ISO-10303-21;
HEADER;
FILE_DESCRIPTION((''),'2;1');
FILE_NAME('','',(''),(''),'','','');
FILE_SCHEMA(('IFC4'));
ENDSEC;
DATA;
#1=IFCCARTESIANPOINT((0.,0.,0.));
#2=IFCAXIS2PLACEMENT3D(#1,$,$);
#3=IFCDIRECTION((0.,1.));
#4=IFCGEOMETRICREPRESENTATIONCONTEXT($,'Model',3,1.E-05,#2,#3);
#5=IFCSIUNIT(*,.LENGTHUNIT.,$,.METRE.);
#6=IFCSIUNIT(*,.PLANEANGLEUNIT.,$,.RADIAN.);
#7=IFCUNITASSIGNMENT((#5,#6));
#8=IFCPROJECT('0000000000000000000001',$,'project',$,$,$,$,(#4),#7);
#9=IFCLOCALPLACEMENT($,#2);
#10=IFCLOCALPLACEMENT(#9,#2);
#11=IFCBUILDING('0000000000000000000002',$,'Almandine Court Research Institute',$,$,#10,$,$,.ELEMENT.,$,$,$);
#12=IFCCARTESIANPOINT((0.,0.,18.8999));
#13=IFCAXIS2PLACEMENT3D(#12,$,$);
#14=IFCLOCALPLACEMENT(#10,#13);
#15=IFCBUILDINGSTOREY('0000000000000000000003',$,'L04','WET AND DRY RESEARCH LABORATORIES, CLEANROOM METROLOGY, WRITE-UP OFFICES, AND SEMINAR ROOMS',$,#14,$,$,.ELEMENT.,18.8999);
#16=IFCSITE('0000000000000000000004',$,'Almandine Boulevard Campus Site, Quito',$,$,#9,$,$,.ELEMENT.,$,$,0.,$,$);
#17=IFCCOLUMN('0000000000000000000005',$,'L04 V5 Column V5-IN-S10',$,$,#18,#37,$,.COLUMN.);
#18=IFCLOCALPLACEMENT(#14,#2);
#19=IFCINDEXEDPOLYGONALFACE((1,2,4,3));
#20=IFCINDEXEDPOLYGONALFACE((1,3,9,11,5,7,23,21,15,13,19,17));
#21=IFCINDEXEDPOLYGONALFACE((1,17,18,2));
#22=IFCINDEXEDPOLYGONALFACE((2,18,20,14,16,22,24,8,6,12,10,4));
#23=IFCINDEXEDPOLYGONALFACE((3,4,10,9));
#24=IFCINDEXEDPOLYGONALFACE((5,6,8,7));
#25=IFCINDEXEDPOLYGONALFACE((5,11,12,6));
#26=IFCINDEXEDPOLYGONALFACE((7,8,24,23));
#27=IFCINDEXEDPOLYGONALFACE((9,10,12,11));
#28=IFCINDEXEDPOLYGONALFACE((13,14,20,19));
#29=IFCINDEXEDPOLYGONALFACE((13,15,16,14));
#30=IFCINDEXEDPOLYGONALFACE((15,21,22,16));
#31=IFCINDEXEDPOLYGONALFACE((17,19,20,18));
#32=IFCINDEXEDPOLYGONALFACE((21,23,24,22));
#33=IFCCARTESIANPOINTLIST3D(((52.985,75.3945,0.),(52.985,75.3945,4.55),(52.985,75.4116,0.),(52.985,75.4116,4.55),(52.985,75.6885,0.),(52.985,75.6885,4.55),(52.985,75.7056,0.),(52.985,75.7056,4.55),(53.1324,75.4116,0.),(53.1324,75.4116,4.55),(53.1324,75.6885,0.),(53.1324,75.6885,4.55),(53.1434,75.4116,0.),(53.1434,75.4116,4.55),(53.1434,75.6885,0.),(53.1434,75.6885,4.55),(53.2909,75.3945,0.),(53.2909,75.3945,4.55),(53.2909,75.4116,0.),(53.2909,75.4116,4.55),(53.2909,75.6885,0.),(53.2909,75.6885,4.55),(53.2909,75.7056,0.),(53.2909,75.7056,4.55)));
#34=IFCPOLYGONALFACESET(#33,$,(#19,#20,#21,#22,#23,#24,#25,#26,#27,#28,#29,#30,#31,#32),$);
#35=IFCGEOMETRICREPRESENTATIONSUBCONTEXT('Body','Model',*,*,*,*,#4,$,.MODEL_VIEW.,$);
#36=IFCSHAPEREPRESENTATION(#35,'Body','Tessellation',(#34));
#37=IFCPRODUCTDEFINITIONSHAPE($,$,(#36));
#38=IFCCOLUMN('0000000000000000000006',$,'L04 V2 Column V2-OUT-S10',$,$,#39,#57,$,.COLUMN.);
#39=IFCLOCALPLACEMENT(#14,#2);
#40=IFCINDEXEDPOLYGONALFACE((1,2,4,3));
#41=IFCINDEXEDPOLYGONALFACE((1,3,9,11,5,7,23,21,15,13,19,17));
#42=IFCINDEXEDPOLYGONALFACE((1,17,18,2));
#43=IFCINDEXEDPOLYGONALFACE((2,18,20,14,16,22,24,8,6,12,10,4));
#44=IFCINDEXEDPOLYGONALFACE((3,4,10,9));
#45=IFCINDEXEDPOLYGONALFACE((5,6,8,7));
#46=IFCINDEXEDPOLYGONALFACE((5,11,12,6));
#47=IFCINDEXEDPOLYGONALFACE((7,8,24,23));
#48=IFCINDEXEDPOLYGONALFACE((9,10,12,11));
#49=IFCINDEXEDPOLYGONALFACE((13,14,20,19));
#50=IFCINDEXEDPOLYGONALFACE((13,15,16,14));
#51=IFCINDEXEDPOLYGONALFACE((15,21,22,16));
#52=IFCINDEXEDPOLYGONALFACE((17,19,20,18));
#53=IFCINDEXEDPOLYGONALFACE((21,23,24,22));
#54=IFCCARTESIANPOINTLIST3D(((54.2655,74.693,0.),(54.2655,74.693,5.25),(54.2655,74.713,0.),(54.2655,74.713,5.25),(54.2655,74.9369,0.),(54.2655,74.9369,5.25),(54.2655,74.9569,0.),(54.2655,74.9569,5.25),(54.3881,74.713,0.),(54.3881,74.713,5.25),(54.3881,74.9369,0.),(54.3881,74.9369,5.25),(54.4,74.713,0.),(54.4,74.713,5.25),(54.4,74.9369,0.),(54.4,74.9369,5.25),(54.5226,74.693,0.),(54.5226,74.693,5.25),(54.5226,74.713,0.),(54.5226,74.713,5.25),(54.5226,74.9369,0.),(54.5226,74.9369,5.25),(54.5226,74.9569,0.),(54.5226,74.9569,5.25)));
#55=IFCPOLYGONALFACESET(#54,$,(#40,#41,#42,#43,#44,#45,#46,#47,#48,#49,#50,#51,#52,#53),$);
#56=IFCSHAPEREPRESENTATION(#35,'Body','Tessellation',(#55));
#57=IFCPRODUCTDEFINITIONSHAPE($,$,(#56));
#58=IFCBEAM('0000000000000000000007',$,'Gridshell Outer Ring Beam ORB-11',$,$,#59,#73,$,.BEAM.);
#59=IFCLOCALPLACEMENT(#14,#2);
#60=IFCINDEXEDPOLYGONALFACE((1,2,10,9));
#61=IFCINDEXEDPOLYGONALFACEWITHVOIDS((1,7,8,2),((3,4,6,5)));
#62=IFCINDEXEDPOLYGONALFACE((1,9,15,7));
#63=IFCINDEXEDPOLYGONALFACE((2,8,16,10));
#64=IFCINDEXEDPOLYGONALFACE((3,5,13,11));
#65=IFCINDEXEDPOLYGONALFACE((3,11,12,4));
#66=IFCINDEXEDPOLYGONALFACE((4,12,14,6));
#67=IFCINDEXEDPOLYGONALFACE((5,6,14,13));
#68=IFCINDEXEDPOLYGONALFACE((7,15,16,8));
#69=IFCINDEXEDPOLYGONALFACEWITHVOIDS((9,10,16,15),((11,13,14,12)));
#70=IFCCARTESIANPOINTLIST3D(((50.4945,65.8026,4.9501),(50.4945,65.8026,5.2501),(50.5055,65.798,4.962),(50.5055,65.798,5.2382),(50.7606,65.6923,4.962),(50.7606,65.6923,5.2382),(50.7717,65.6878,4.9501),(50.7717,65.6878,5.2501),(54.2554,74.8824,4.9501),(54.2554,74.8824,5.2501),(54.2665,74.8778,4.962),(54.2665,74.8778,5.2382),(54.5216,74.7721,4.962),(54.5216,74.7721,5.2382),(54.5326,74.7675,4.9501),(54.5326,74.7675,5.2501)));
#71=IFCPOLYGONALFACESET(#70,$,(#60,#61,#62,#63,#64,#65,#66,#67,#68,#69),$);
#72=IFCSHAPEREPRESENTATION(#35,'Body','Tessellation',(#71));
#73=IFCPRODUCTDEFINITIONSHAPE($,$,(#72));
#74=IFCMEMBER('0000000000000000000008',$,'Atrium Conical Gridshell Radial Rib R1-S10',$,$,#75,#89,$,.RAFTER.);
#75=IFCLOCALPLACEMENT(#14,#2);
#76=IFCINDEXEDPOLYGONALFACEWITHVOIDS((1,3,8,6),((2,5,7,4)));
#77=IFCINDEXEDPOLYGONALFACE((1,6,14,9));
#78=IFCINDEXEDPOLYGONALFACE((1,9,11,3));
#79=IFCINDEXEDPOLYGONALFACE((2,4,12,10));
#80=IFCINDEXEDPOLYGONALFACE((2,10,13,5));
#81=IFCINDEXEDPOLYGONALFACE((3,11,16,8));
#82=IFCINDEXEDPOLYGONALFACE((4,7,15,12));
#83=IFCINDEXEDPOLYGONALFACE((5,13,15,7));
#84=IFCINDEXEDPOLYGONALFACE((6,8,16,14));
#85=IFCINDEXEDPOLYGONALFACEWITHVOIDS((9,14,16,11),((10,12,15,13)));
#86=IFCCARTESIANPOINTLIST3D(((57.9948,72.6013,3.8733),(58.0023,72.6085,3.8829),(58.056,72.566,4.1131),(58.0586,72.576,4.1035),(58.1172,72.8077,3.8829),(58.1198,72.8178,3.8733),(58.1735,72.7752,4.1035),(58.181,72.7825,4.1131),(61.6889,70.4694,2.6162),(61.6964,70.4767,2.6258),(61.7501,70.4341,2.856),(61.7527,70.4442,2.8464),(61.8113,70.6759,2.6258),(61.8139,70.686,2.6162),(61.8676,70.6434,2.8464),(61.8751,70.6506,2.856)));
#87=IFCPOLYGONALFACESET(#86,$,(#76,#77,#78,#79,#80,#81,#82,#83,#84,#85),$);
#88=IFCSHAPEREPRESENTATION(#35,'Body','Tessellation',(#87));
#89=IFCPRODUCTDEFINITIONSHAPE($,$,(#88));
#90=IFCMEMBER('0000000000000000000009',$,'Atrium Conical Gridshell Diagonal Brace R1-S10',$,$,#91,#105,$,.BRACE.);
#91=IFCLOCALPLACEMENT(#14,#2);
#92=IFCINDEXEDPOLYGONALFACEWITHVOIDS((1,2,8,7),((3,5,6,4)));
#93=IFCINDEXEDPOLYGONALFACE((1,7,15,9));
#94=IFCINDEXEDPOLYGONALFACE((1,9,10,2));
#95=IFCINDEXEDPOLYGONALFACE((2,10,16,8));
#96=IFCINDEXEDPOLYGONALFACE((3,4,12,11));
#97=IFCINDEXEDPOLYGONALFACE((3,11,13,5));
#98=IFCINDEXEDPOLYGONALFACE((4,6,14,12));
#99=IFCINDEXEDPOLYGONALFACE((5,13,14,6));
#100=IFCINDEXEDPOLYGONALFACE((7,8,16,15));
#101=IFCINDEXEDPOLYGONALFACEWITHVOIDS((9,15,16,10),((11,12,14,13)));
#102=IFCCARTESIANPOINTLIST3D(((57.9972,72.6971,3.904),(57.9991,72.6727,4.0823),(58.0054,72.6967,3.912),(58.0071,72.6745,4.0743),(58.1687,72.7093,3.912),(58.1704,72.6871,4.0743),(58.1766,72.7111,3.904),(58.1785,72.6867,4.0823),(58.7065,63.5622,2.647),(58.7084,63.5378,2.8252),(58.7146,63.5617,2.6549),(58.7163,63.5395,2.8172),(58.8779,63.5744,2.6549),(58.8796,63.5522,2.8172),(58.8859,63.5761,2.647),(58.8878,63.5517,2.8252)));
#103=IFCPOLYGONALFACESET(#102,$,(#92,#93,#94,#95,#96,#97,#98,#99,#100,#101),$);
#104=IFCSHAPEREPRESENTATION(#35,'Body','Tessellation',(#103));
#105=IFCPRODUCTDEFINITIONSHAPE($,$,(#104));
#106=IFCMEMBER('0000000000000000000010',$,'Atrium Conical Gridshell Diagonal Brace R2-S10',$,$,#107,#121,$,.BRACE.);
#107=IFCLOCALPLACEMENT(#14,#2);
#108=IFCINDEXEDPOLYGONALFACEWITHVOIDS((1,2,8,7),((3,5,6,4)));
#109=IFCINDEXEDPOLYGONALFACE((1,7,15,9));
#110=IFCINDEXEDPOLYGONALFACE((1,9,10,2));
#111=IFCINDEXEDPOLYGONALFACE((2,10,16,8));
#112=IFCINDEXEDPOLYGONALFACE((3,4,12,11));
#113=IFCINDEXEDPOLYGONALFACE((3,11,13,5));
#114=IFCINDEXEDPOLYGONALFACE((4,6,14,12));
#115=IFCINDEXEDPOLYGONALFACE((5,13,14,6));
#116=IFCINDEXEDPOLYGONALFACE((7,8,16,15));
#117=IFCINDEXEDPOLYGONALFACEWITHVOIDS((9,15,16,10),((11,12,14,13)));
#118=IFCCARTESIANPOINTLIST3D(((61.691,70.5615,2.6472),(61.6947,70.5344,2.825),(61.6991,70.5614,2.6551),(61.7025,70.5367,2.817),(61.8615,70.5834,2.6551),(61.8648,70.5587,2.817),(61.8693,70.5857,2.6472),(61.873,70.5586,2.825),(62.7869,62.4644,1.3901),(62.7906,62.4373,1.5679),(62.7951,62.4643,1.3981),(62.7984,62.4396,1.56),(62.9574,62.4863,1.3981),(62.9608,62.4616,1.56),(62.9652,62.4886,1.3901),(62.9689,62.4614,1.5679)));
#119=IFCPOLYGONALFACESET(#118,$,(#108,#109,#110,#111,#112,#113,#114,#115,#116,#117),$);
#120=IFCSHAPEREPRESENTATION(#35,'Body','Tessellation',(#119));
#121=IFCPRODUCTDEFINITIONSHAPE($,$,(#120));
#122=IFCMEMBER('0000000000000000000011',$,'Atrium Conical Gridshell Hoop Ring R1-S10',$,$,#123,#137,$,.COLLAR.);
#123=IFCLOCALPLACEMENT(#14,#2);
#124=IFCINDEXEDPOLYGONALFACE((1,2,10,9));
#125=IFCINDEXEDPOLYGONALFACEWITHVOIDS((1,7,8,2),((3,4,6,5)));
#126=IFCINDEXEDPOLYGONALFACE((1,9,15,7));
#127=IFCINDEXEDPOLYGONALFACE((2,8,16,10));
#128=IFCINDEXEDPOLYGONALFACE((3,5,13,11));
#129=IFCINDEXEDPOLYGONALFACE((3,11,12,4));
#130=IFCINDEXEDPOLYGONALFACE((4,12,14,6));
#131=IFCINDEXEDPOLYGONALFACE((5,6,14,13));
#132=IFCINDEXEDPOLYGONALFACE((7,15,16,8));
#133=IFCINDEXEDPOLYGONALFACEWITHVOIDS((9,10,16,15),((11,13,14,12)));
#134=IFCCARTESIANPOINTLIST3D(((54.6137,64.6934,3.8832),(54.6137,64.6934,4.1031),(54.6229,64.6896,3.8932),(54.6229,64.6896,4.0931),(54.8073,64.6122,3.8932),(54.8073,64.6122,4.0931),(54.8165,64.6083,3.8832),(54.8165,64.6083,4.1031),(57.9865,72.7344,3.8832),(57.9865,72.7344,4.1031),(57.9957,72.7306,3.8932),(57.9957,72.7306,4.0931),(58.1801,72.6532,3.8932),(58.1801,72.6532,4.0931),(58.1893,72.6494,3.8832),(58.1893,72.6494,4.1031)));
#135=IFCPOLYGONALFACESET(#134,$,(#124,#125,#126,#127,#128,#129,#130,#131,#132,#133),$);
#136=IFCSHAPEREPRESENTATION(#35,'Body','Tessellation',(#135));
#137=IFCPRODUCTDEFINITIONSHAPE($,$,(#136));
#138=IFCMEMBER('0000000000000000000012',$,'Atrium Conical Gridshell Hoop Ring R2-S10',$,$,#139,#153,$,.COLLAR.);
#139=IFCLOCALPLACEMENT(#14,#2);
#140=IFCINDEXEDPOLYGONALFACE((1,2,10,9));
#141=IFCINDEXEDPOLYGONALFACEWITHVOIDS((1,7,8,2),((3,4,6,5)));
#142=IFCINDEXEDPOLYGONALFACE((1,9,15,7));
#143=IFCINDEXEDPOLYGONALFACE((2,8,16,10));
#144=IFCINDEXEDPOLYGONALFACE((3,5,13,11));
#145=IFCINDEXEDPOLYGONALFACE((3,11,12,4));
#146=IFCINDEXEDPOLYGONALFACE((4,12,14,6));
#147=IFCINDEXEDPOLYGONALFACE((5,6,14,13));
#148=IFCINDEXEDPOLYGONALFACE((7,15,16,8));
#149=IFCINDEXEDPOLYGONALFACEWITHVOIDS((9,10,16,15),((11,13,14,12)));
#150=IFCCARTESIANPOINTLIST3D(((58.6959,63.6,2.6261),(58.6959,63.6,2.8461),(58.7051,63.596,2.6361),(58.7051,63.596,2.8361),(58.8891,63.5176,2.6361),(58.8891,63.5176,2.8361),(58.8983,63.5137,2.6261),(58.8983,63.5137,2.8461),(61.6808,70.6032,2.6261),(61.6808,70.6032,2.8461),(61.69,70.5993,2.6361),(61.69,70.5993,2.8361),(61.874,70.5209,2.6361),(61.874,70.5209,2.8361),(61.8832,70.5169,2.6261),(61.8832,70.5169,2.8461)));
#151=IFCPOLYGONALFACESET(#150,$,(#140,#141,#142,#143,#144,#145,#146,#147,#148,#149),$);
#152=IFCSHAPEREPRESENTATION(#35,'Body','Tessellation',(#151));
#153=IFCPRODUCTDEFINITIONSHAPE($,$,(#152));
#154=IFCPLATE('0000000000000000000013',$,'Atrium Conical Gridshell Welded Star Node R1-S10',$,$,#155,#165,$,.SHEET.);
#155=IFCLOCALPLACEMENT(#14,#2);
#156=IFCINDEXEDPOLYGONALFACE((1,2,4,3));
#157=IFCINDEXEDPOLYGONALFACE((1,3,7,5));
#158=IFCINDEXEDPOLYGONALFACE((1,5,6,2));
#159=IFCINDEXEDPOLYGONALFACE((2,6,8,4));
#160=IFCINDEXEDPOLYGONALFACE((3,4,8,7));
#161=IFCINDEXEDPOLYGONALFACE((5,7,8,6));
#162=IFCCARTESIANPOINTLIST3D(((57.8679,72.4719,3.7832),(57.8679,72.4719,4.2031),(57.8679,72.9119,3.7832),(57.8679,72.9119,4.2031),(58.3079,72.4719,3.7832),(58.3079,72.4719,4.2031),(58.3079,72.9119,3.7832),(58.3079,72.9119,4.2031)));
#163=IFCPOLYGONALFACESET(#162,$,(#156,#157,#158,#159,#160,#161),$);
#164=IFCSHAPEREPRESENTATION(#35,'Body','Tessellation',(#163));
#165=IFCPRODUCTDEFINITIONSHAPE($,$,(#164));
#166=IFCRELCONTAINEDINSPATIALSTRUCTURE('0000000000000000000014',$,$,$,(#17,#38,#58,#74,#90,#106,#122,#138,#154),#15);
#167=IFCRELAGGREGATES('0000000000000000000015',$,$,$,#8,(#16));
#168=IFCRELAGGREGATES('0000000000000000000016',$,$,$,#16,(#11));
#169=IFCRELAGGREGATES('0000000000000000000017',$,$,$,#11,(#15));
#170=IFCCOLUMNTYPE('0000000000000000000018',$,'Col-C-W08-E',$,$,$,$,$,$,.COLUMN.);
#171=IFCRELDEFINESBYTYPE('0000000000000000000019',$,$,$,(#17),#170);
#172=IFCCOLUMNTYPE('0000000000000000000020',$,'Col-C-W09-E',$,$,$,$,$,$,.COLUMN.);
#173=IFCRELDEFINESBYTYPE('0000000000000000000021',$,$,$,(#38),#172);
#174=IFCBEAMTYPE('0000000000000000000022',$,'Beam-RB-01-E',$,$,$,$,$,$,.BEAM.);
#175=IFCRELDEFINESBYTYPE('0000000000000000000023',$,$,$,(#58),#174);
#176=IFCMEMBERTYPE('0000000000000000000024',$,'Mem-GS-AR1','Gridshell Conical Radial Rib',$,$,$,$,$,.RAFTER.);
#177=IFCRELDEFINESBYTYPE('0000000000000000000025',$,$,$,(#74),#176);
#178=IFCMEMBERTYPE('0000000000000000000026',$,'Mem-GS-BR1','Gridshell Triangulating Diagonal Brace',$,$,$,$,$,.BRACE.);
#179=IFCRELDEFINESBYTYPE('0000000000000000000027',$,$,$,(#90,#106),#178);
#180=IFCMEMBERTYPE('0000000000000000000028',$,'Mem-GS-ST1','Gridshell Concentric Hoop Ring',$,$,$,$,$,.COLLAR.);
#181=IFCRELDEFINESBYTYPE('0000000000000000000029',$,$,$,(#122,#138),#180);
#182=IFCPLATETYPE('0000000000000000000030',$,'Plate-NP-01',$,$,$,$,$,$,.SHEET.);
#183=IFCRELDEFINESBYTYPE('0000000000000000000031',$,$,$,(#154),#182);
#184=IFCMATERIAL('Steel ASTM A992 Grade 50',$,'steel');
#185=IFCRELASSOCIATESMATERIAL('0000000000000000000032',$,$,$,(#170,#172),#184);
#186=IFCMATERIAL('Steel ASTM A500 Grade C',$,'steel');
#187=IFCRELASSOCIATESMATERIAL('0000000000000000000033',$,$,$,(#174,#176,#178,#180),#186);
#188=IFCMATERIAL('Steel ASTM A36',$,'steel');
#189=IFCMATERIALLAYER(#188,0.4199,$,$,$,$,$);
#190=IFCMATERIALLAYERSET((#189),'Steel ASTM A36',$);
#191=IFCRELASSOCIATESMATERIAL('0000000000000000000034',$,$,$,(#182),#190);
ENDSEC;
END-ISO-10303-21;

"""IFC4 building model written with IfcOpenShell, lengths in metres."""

from ifc_helpers import new_model, si_unit, direction, frame, origin, origin_2d, place, context, subcontext, project, spatial, rectangle, hollow_rectangle, i_section, extrude, material, layer, layer_set, material_profile, profile_set, type_object, element, save


model = new_model("IFC4")

# Units and contexts
model_context = context("Model", 3, precision=1e-05, world=origin(), true_north=direction((0.0, 1.0)))
body_context = subcontext(model_context, "Body", "Model", "MODEL_VIEW")
ifc_project = project(units=[si_unit("LENGTHUNIT", "METRE"), si_unit("PLANEANGLEUNIT", "RADIAN")], contexts=[model_context])

# Site, building, storey
site_placement = place(None, origin())
site = spatial("IfcSite", under=ifc_project, at=site_placement, Name="Almandine Boulevard Campus Site, Quito", CompositionType="ELEMENT", RefElevation=0.0)
building_placement = place(site_placement, origin())
building = spatial("IfcBuilding", under=site, at=building_placement, Name="Almandine Court Research Institute", CompositionType="ELEMENT")
storey_placement = place(building_placement, frame((0.0, 0.0, 18.8999)))
storey = spatial("IfcBuildingStorey", under=building, at=storey_placement, Name="L04", Description="WET AND DRY RESEARCH LABORATORIES, CLEANROOM METROLOGY, WRITE-UP OFFICES, AND SEMINAR ROOMS", CompositionType="ELEMENT", Elevation=18.8999)

# Columns
ifc_material_1 = material(Name="Steel ASTM A992 Grade 50", Category="steel")
ifc_material_profile_1 = material_profile(ifc_material_1, i_section(OverallWidth=0.3059, OverallDepth=0.311, WebThickness=0.011, FlangeThickness=0.0171, at=origin_2d()), Name="W310x107")
ifc_profile_set_1 = profile_set([ifc_material_profile_1], Name="Steel ASTM A992 Grade 50")
column_type_1 = type_object("IfcColumnType", Name="Col-C-W08-E", PredefinedType="COLUMN", material=ifc_profile_set_1)
column_1_placement = place(storey_placement, frame((53.1379, 75.55, 0.0), z_axis=(0.0, 0.0, 1.0), x_axis=(1.0, 0.0, 0.0)))
element("IfcColumn", 1, at=column_1_placement, inside=storey, type_object=column_type_1, Name="L04 V5 Column V5-IN-S10", PredefinedType="COLUMN", context=body_context, shape_type="SweptSolid", body=[
    extrude(i_section(OverallWidth=0.3059, OverallDepth=0.311, WebThickness=0.011, FlangeThickness=0.0171, at=origin_2d()), origin(), (0.0, 0.0, 1.0), 4.55),
])
ifc_material_profile_2 = material_profile(ifc_material_1, i_section(OverallWidth=0.2571, OverallDepth=0.2639, WebThickness=0.012, FlangeThickness=0.02, at=origin_2d()), Name="W250x101")
ifc_profile_set_2 = profile_set([ifc_material_profile_2], Name="Steel ASTM A992 Grade 50")
column_type_2 = type_object("IfcColumnType", Name="Col-C-W09-E", PredefinedType="COLUMN", material=ifc_profile_set_2)
column_2_placement = place(storey_placement, frame((54.394, 74.825, 0.0), z_axis=(0.0, 0.0, 1.0), x_axis=(1.0, 0.0, 0.0)))
element("IfcColumn", 2, at=column_2_placement, inside=storey, type_object=column_type_2, Name="L04 V2 Column V2-OUT-S10", PredefinedType="COLUMN", context=body_context, shape_type="SweptSolid", body=[
    extrude(i_section(OverallWidth=0.2571, OverallDepth=0.2639, WebThickness=0.012, FlangeThickness=0.02, at=origin_2d()), origin(), (0.0, 0.0, 1.0), 5.25),
])

# Beam
ifc_material_2 = material(Name="Steel ASTM A500 Grade C", Category="steel")
ifc_material_profile_3 = material_profile(ifc_material_2, hollow_rectangle(XDim=0.3, YDim=0.3, WallThickness=0.012, at=origin_2d()), Name="HSS 300x300x12")
ifc_profile_set_3 = profile_set([ifc_material_profile_3], Name="Steel ASTM A500 Grade C")
beam_type = type_object("IfcBeamType", Name="Beam-RB-01-E", PredefinedType="BEAM", material=ifc_profile_set_3)
beam_placement = place(storey_placement, frame((54.394, 74.825, 5.1001), z_axis=(-0.382683, -0.92388, 0.0), x_axis=(0.92388, -0.382683, 0.0)))
element("IfcBeam", 3, at=beam_placement, inside=storey, type_object=beam_type, Name="Gridshell Outer Ring Beam ORB-11", PredefinedType="BEAM", context=body_context, shape_type="SweptSolid", body=[
    extrude(hollow_rectangle(XDim=0.3, YDim=0.3, WallThickness=0.012, at=origin_2d()), origin(), (0.0, 0.0, 1.0), 9.8279),
])

# Members
ifc_material_profile_4 = material_profile(ifc_material_2, hollow_rectangle(XDim=0.25, YDim=0.25, WallThickness=0.01, at=origin_2d()), Name="HSS 250x250x10")
ifc_profile_set_4 = profile_set([ifc_material_profile_4], Name="Steel ASTM A500 Grade C")
member_type_1 = type_object("IfcMemberType", Name="Mem-GS-AR1", Description="Gridshell Conical Radial Rib", PredefinedType="RAFTER", material=ifc_profile_set_4)
member_1_placement = place(storey_placement, frame((58.0879, 72.6919, 3.9932), z_axis=(0.830788, -0.479442, -0.282713), x_axis=(0.499833, 0.866122, 0.0)))
element("IfcMember", 4, at=member_1_placement, inside=storey, type_object=member_type_1, Name="Atrium Conical Gridshell Radial Rib R1-S10", PredefinedType="RAFTER", context=body_context, shape_type="SweptSolid", body=[
    extrude(hollow_rectangle(XDim=0.25, YDim=0.25, WallThickness=0.01, at=origin_2d()), origin(), (0.0, 0.0, 1.0), 4.4465),
])
ifc_material_profile_5 = material_profile(ifc_material_2, hollow_rectangle(XDim=0.1799, YDim=0.1799, WallThickness=0.0081, at=origin_2d()), Name="HSS 180x180x8")
ifc_profile_set_5 = profile_set([ifc_material_profile_5], Name="Steel ASTM A500 Grade C")
member_type_2 = type_object("IfcMemberType", Name="Mem-GS-BR1", Description="Gridshell Triangulating Diagonal Brace", PredefinedType="BRACE", material=ifc_profile_set_5)
member_2_placement = place(storey_placement, frame((58.0879, 72.6919, 3.9932), z_axis=(0.076687, -0.987747, -0.135925), x_axis=(0.997, 0.077406, 0.0)))
element("IfcMember", 5, at=member_2_placement, inside=storey, type_object=member_type_2, Name="Atrium Conical Gridshell Diagonal Brace R1-S10", PredefinedType="BRACE", context=body_context, shape_type="SweptSolid", body=[
    extrude(hollow_rectangle(XDim=0.1799, YDim=0.1799, WallThickness=0.0081, at=origin_2d()), origin(), (0.0, 0.0, 1.0), 9.2483),
])
member_3_placement = place(storey_placement, frame((61.782, 70.5601, 2.7361), z_axis=(0.132567, -0.979441, -0.152058), x_axis=(0.990964, 0.134126, 0.0)))
element("IfcMember", 6, at=member_3_placement, inside=storey, type_object=member_type_2, Name="Atrium Conical Gridshell Diagonal Brace R2-S10", PredefinedType="BRACE", context=body_context, shape_type="SweptSolid", body=[
    extrude(hollow_rectangle(XDim=0.1799, YDim=0.1799, WallThickness=0.0081, at=origin_2d()), origin(), (0.0, 0.0, 1.0), 8.2671),
])
ifc_material_profile_6 = material_profile(ifc_material_2, hollow_rectangle(XDim=0.22, YDim=0.22, WallThickness=0.01, at=origin_2d()), Name="HSS 220x220x10")
ifc_profile_set_6 = profile_set([ifc_material_profile_6], Name="Steel ASTM A500 Grade C")
member_type_3 = type_object("IfcMemberType", Name="Mem-GS-ST1", Description="Gridshell Concentric Hoop Ring", PredefinedType="COLLAR", material=ifc_profile_set_6)
member_4_placement = place(storey_placement, frame((58.0879, 72.6919, 3.9932), z_axis=(-0.386801, -0.922163, 0.0), x_axis=(0.922163, -0.386801, 0.0)))
element("IfcMember", 7, at=member_4_placement, inside=storey, type_object=member_type_3, Name="Atrium Conical Gridshell Hoop Ring R1-S10", PredefinedType="COLLAR", context=body_context, shape_type="SweptSolid", body=[
    extrude(hollow_rectangle(XDim=0.22, YDim=0.22, WallThickness=0.01, at=origin_2d()), origin(), (0.0, 0.0, 1.0), 8.7197),
])
member_5_placement = place(storey_placement, frame((61.782, 70.5601, 2.7361), z_axis=(-0.392088, -0.919928, 0.0), x_axis=(0.919928, -0.392088, 0.0)))
element("IfcMember", 8, at=member_5_placement, inside=storey, type_object=member_type_3, Name="Atrium Conical Gridshell Hoop Ring R2-S10", PredefinedType="COLLAR", context=body_context, shape_type="SweptSolid", body=[
    extrude(hollow_rectangle(XDim=0.22, YDim=0.22, WallThickness=0.01, at=origin_2d()), origin(), (0.0, 0.0, 1.0), 7.6128),
])

# Plate
ifc_material_3 = material(Name="Steel ASTM A36", Category="steel")
ifc_layer_1 = layer(ifc_material_3, 0.4199)
ifc_layer_set_1 = layer_set([ifc_layer_1], Name="Steel ASTM A36")
plate_type = type_object("IfcPlateType", Name="Plate-NP-01", PredefinedType="SHEET", material=ifc_layer_set_1)
plate_placement = place(storey_placement, frame((58.0879, 72.6919, 3.7832), z_axis=(0.0, 0.0, 1.0), x_axis=(1.0, 0.0, 0.0)))
element("IfcPlate", 9, at=plate_placement, inside=storey, type_object=plate_type, Name="Atrium Conical Gridshell Welded Star Node R1-S10", PredefinedType="SHEET", context=body_context, shape_type="SweptSolid", body=[
    extrude(rectangle(XDim=0.4399, YDim=0.4399, at=origin_2d()), origin(), (0.0, 0.0, 1.0), 0.4199),
])

save(model, "model.ifc")
